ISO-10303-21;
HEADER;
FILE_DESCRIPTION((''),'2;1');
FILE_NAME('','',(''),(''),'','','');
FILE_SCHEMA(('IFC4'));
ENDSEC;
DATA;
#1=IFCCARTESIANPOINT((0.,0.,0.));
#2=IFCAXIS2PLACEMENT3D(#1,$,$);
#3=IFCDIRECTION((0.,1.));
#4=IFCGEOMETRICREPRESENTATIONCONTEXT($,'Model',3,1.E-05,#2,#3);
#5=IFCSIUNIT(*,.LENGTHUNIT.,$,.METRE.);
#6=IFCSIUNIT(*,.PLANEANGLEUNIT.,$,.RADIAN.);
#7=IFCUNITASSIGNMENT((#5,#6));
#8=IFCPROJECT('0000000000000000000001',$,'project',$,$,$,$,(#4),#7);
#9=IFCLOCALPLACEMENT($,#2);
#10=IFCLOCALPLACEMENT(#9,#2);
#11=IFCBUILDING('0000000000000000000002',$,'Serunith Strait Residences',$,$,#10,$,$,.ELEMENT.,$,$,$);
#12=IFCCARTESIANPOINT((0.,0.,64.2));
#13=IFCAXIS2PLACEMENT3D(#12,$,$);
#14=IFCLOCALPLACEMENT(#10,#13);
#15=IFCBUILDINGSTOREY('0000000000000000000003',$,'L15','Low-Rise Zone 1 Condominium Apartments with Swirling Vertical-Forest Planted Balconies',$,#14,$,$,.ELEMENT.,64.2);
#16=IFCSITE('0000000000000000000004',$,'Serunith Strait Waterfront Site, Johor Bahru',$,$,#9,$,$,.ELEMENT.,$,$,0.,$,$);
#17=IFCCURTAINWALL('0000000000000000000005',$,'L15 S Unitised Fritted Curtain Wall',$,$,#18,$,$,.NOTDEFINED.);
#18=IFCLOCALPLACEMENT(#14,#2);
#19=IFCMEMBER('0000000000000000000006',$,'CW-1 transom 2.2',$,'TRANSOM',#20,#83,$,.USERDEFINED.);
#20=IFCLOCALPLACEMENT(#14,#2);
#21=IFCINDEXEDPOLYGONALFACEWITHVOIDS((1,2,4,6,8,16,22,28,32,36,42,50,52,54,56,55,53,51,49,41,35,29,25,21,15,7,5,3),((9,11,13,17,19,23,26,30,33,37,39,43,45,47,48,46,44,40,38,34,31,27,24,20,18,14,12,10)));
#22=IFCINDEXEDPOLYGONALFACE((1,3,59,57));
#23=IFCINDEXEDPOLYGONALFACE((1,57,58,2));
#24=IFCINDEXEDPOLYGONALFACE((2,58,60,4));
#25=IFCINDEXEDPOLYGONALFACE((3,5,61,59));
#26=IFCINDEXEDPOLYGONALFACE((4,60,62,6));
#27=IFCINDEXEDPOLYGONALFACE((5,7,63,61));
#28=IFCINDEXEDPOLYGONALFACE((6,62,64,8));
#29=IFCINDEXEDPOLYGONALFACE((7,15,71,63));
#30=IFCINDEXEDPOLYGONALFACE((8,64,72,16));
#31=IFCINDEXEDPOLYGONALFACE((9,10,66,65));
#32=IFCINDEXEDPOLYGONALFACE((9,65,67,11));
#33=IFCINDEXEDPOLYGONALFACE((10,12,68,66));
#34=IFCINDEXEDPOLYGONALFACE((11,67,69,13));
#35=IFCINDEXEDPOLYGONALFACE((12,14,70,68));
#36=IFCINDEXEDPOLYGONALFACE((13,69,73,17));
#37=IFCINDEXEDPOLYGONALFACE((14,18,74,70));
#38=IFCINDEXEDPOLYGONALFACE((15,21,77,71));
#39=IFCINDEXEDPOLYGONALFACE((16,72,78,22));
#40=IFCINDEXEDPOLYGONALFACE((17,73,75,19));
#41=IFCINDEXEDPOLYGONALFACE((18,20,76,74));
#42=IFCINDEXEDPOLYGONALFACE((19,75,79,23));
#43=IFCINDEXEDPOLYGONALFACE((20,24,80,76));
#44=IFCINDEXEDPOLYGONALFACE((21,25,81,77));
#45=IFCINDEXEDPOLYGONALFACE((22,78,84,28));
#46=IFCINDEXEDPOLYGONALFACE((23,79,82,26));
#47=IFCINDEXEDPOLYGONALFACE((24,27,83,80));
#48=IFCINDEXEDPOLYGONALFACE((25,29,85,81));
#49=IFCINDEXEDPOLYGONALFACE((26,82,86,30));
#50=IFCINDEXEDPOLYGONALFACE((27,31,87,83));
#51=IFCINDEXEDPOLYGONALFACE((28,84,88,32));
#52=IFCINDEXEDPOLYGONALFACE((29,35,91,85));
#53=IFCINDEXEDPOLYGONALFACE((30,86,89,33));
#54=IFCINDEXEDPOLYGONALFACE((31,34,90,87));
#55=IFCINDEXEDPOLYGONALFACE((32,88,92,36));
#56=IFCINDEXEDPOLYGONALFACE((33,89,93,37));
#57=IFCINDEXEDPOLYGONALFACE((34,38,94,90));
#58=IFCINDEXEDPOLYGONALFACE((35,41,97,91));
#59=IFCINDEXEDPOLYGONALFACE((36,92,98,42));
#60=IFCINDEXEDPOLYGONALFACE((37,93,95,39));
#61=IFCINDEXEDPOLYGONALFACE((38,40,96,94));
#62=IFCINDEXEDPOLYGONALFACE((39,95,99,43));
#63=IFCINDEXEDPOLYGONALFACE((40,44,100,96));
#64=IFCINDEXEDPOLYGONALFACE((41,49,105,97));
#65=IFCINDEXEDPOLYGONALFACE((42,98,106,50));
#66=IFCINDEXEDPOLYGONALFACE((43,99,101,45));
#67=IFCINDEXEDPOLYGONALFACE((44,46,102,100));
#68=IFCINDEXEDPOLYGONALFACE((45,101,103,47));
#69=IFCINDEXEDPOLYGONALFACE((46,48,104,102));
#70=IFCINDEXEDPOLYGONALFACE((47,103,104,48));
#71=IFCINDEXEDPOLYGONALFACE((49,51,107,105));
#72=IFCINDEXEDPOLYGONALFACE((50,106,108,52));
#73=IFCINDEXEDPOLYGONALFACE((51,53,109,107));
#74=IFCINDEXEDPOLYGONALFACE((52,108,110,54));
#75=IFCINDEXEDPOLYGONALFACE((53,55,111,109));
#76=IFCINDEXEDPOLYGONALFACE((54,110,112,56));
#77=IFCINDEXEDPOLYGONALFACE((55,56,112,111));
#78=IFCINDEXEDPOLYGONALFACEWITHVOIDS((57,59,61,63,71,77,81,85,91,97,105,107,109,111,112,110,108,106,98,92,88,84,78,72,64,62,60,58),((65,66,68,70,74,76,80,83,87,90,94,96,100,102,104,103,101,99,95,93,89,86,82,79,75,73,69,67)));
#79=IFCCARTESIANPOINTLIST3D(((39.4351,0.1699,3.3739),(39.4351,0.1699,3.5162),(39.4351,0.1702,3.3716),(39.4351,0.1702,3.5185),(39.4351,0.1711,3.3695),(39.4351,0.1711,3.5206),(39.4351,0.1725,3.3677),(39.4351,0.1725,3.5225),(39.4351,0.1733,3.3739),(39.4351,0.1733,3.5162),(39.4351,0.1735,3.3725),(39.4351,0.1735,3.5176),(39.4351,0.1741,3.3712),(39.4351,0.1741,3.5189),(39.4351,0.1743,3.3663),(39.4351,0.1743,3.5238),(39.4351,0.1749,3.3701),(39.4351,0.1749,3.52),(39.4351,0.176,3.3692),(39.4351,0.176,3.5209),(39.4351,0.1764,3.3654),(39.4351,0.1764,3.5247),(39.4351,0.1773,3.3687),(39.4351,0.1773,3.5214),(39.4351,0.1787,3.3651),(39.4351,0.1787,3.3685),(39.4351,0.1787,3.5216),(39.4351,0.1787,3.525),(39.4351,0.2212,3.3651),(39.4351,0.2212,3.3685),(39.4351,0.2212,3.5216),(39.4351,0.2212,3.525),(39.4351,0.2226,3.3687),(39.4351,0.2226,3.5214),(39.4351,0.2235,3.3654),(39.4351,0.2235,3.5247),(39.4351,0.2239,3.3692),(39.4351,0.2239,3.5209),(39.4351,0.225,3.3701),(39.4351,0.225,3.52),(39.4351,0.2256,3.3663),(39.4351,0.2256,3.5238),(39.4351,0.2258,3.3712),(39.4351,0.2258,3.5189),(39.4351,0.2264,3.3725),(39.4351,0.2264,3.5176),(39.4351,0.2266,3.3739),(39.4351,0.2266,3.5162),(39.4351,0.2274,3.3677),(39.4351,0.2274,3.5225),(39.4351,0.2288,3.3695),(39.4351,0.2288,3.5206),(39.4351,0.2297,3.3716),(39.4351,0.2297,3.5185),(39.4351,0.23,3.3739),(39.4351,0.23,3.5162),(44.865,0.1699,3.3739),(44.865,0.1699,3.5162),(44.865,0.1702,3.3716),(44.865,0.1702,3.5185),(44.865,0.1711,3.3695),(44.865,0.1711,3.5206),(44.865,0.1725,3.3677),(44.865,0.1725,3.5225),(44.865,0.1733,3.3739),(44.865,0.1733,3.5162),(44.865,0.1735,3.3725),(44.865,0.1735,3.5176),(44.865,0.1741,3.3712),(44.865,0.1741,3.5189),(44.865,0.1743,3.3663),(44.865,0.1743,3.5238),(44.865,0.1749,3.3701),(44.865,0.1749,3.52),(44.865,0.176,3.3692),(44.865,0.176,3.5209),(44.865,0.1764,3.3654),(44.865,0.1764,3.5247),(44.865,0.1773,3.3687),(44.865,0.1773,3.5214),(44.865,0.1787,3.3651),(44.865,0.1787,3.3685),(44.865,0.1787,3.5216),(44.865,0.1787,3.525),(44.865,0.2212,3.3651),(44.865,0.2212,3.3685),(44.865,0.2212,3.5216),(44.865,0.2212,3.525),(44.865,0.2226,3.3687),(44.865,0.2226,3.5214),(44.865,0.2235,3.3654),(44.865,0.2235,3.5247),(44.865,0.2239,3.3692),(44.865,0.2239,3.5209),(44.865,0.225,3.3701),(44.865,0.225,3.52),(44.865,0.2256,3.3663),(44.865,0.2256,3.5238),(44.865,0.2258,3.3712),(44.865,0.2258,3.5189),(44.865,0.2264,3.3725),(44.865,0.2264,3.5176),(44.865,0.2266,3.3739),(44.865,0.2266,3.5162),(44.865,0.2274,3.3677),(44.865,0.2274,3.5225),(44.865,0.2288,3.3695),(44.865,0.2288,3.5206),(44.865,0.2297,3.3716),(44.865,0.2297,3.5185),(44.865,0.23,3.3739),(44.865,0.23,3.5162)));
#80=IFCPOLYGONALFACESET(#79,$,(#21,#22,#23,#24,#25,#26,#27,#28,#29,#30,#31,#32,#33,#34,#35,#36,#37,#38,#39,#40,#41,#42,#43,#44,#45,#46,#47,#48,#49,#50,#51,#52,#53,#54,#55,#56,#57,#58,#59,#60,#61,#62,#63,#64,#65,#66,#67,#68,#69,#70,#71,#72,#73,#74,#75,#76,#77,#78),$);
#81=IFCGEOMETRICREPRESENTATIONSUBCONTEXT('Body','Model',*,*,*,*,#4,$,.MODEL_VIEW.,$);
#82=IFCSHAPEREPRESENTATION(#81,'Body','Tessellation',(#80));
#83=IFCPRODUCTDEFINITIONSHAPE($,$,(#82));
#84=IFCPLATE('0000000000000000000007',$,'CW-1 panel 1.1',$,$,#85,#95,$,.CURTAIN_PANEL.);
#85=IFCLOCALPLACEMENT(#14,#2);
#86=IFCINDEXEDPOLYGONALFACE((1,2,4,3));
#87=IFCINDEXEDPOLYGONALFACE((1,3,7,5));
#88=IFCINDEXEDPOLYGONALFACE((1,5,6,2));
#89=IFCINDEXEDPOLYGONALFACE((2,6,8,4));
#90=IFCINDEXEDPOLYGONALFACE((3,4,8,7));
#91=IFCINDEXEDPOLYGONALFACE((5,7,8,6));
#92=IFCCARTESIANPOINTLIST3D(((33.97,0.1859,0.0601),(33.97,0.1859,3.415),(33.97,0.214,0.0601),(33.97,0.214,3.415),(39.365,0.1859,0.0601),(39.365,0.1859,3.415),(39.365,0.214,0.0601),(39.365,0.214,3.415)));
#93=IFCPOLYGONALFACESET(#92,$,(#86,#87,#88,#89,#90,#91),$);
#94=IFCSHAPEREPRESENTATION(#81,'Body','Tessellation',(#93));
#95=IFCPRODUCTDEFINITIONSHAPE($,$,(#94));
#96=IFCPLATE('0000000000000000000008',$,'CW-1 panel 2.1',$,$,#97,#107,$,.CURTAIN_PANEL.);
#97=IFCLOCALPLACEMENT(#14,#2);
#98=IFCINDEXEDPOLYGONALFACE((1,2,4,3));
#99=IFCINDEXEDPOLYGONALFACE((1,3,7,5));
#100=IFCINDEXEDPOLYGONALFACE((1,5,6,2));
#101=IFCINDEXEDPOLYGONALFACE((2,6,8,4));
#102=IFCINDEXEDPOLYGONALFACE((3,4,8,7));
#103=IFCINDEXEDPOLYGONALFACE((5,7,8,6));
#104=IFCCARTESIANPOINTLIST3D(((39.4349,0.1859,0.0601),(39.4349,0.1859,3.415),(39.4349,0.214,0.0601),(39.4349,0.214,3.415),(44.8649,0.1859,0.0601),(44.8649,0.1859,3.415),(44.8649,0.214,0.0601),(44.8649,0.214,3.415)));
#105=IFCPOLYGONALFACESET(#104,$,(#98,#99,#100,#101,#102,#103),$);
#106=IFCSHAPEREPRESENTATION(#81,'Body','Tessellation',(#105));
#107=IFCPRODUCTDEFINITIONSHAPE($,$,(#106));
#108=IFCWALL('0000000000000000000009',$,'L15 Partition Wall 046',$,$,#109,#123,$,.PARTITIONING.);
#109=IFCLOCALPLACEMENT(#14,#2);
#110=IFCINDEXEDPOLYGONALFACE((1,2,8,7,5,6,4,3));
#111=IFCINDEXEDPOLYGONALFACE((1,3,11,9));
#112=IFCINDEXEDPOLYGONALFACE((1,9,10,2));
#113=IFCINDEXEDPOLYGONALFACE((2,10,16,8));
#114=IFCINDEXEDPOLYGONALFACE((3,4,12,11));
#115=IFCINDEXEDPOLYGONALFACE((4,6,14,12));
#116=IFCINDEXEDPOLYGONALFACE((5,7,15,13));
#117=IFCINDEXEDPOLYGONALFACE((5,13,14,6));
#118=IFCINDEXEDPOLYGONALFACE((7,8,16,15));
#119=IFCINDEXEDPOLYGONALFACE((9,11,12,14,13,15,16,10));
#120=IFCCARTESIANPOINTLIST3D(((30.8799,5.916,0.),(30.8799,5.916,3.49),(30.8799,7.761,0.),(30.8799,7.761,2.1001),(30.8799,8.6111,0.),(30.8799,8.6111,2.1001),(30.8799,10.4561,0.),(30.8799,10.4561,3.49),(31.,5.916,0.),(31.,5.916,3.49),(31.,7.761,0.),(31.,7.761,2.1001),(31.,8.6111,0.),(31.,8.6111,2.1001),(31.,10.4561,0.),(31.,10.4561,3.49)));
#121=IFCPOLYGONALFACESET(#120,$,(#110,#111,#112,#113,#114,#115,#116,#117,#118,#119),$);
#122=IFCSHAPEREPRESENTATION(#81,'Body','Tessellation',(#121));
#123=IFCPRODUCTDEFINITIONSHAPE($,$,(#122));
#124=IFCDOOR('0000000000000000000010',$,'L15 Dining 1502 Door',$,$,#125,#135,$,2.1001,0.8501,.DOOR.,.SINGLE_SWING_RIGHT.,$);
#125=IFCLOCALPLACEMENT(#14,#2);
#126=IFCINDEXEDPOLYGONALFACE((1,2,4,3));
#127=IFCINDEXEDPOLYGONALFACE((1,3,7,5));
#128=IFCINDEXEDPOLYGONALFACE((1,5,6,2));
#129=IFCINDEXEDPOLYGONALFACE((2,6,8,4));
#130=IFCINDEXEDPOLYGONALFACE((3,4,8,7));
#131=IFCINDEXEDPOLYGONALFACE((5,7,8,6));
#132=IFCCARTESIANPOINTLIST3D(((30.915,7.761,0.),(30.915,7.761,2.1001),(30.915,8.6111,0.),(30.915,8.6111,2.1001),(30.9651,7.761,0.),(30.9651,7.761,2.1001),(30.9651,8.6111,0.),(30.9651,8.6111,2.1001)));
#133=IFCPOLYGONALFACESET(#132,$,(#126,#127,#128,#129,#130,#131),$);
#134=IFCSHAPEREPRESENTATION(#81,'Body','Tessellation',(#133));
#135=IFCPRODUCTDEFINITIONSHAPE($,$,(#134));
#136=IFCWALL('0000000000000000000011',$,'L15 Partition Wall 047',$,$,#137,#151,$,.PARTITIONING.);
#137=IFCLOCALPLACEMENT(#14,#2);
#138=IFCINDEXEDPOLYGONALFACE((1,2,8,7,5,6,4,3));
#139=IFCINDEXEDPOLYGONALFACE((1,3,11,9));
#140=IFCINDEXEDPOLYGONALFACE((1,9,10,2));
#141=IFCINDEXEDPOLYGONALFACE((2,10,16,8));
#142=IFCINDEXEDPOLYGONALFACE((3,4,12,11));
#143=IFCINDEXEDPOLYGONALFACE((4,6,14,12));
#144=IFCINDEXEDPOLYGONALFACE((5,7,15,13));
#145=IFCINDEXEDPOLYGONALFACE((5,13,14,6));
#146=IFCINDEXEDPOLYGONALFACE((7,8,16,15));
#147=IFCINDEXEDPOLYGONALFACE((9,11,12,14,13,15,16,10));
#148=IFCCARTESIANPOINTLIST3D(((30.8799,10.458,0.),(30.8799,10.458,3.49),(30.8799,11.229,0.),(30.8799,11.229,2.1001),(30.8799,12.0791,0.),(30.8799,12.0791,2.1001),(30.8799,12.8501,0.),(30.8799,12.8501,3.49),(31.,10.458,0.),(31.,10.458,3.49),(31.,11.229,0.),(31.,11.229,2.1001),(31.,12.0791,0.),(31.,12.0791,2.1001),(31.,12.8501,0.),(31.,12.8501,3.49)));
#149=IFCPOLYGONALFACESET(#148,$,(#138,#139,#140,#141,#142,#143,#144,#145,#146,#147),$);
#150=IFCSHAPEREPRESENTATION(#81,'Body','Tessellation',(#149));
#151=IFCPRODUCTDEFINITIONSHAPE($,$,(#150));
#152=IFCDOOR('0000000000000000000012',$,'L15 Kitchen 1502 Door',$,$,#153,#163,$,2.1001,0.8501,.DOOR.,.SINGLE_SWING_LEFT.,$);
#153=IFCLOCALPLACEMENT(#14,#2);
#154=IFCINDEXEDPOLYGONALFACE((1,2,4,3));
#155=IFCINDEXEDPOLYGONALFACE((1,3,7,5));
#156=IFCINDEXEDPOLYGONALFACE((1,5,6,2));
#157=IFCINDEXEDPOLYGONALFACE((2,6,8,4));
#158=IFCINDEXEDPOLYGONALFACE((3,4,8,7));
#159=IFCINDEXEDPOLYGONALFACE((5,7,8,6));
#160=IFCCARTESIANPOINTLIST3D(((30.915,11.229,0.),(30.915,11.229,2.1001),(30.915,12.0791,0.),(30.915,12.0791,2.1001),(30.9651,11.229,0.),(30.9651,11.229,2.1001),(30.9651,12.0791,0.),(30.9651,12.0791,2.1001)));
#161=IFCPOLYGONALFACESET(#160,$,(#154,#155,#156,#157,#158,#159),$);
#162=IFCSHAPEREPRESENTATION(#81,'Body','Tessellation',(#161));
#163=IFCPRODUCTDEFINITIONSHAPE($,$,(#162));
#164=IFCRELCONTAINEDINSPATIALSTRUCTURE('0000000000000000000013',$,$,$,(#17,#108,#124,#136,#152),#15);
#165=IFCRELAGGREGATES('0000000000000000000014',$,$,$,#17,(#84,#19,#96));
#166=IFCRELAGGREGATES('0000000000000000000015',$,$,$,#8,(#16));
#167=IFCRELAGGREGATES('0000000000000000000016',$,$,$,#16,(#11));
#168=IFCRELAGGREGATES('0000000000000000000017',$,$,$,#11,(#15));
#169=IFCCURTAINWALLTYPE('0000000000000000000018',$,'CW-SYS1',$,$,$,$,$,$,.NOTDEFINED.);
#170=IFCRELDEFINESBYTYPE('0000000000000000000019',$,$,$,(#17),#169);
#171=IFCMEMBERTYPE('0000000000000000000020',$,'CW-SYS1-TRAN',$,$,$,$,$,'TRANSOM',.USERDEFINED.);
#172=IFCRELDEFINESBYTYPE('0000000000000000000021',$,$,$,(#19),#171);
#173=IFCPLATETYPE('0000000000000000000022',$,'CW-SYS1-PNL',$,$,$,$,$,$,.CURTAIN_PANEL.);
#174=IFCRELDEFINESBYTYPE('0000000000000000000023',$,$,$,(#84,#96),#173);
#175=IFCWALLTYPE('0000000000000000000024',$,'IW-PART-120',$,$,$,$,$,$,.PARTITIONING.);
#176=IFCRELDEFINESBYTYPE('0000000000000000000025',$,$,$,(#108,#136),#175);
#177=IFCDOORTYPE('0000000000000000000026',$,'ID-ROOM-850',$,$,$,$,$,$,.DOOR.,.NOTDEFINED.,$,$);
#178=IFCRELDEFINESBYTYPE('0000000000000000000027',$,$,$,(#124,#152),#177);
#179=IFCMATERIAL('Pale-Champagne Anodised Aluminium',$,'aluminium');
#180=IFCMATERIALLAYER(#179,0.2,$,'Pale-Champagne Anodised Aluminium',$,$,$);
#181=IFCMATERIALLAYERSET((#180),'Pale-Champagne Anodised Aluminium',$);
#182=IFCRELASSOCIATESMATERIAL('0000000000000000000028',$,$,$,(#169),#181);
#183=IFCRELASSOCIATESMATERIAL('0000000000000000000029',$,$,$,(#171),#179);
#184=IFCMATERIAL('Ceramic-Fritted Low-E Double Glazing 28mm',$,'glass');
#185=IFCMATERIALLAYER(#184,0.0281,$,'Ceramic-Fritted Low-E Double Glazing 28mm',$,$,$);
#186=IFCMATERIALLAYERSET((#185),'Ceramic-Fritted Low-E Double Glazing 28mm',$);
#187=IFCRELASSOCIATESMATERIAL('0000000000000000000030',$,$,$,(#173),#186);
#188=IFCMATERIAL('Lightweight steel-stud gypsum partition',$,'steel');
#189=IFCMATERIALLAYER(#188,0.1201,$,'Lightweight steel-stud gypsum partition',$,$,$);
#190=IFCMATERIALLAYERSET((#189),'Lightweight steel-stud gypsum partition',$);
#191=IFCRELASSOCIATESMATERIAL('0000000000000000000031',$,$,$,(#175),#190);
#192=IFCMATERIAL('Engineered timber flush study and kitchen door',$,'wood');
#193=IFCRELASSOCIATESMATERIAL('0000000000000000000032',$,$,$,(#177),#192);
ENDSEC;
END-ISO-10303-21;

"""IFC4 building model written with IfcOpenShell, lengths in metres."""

from ifc_helpers import new_model, si_unit, direction, frame, frame_2d, origin, origin_2d, place, context, subcontext, project, spatial, rectangle, hollow_rectangle, extrude, source, transform, mapped, material, layer, layer_set, material_profile, profile_set, type_object, element, fill, aggregate, save


model = new_model("IFC4")

# Units and contexts
model_context = context("Model", 3, precision=1e-05, world=origin(), true_north=direction((0.0, 1.0)))
body_context = subcontext(model_context, "Body", "Model", "MODEL_VIEW")
ifc_project = project(units=[si_unit("LENGTHUNIT", "METRE"), si_unit("PLANEANGLEUNIT", "RADIAN")], contexts=[model_context])

# Site, building, storey
site_placement = place(None, origin())
site = spatial("IfcSite", under=ifc_project, at=site_placement, Name="Serunith Strait Waterfront Site, Johor Bahru", CompositionType="ELEMENT", RefElevation=0.0)
building_placement = place(site_placement, origin())
building = spatial("IfcBuilding", under=site, at=building_placement, Name="Serunith Strait Residences", CompositionType="ELEMENT")
storey_placement = place(building_placement, frame((0.0, 0.0, 64.2)))
storey = spatial("IfcBuildingStorey", under=building, at=storey_placement, Name="L15", Description="Low-Rise Zone 1 Condominium Apartments with Swirling Vertical-Forest Planted Balconies", CompositionType="ELEMENT", Elevation=64.2)

# Curtain wall, member, plates
ifc_material_1 = material(Name="Pale-Champagne Anodised Aluminium", Category="aluminium")
ifc_layer_1 = layer(ifc_material_1, 0.2, Name="Pale-Champagne Anodised Aluminium")
ifc_layer_set_1 = layer_set([ifc_layer_1], Name="Pale-Champagne Anodised Aluminium")
curtain_wall_type = type_object("IfcCurtainWallType", Name="CW-SYS1", PredefinedType="NOTDEFINED", material=ifc_layer_set_1)
curtain_wall_placement = place(storey_placement, origin())
curtain_wall = element("IfcCurtainWall", 1, at=curtain_wall_placement, inside=storey, type_object=curtain_wall_type, Name="L15 S Unitised Fritted Curtain Wall", PredefinedType="NOTDEFINED")
ifc_material_profile_1 = material_profile(ifc_material_1, hollow_rectangle(XDim=0.0601, YDim=0.1599, WallThickness=0.0034, InnerFilletRadius=0.0054, OuterFilletRadius=0.0088, at=origin_2d()), Name="ALU 160x60x3.5")
ifc_profile_set_1 = profile_set([ifc_material_profile_1], Name="Pale-Champagne Anodised Aluminium")
member_type_1 = type_object("IfcMemberType", Name="CW-SYS1-TRAN", ElementType="TRANSOM", PredefinedType="USERDEFINED", material=ifc_profile_set_1)
shared_shape_1 = source(origin(), body_context, "Body", "SweptSolid", [
    extrude(hollow_rectangle(XDim=0.0601, YDim=0.1599, WallThickness=0.0034, InnerFilletRadius=0.0054, OuterFilletRadius=0.0088, at=origin_2d()), origin(), (0.0, 0.0, 1.0), 5.4299),
])
member_1_placement = place(storey_placement, frame((39.4351, 0.2, 3.4451), z_axis=(1.0, 0.0, 0.0), x_axis=(0.0, 1.0, 0.0)))
member_1 = element("IfcMember", 2, at=member_1_placement, type_object=member_type_1, Name="CW-1 transom 2.2", ObjectType="TRANSOM", PredefinedType="USERDEFINED", context=body_context, shape_type="MappedRepresentation", body=[
    mapped(shared_shape_1, transform((0.0, 0.0, 0.0), scale=1.0)),
])
ifc_material_2 = material(Name="Ceramic-Fritted Low-E Double Glazing 28mm", Category="glass")
ifc_layer_2 = layer(ifc_material_2, 0.0281, Name="Ceramic-Fritted Low-E Double Glazing 28mm")
ifc_layer_set_2 = layer_set([ifc_layer_2], Name="Ceramic-Fritted Low-E Double Glazing 28mm")
plate_type = type_object("IfcPlateType", Name="CW-SYS1-PNL", PredefinedType="CURTAIN_PANEL", material=ifc_layer_set_2)
shared_shape_2 = source(origin(), body_context, "Body", "SweptSolid", [
    extrude(rectangle(XDim=5.395, YDim=0.0281, at=origin_2d()), origin(), (0.0, 0.0, 1.0), 3.355),
])
plate_1_placement = place(storey_placement, frame((36.6675, 0.2, 0.0601), z_axis=(0.0, 0.0, 1.0), x_axis=(1.0, 0.0, 0.0)))
plate_1 = element("IfcPlate", 3, at=plate_1_placement, type_object=plate_type, Name="CW-1 panel 1.1", PredefinedType="CURTAIN_PANEL", context=body_context, shape_type="MappedRepresentation", body=[
    mapped(shared_shape_2, transform((0.0, 0.0, 0.0), scale=1.0)),
])
shared_shape_3 = source(origin(), body_context, "Body", "SweptSolid", [
    extrude(rectangle(XDim=5.4299, YDim=0.0281, at=origin_2d()), origin(), (0.0, 0.0, 1.0), 3.355),
])
plate_2_placement = place(storey_placement, frame((42.1499, 0.2, 0.0601), z_axis=(0.0, 0.0, 1.0), x_axis=(1.0, 0.0, 0.0)))
plate_2 = element("IfcPlate", 4, at=plate_2_placement, type_object=plate_type, Name="CW-1 panel 2.1", PredefinedType="CURTAIN_PANEL", context=body_context, shape_type="MappedRepresentation", body=[
    mapped(shared_shape_3, transform((0.0, 0.0, 0.0), scale=1.0)),
])
aggregate(curtain_wall, [plate_1, member_1, plate_2])

# Walls, openings, doors
ifc_material_3 = material(Name="Lightweight steel-stud gypsum partition", Category="steel")
ifc_layer_3 = layer(ifc_material_3, 0.1201, Name="Lightweight steel-stud gypsum partition")
ifc_layer_set_3 = layer_set([ifc_layer_3], Name="Lightweight steel-stud gypsum partition")
wall_type_1 = type_object("IfcWallType", Name="IW-PART-120", PredefinedType="PARTITIONING", material=ifc_layer_set_3)
wall_1_placement = place(storey_placement, frame((30.9399, 5.916, 0.0), z_axis=(0.0, 0.0, 1.0), x_axis=(0.0, 1.0, 0.0)))
wall_1 = element("IfcWall", 5, at=wall_1_placement, inside=storey, type_object=wall_type_1, Name="L15 Partition Wall 046", PredefinedType="PARTITIONING", context=body_context, shape_type="SweptSolid", body=[
    extrude(rectangle(XDim=4.54, YDim=0.1201, at=frame_2d((2.27, 0.0))), origin(), (0.0, 0.0, 1.0), 3.49),
])
opening_1_placement = place(wall_1_placement, frame((1.845, 0.0, 0.0)))
opening_1 = element("IfcOpeningElement", 6, at=opening_1_placement, cuts=wall_1, PredefinedType="OPENING", context=body_context, shape_type="SweptSolid", body=[
    extrude(rectangle(XDim=0.8501, YDim=2.1001, at=frame_2d((0.425, 1.05))), frame((0.0, 0.0701, 0.0), z_axis=(0.0, -1.0, 0.0), x_axis=(1.0, 0.0, 0.0)), (0.0, 0.0, 1.0), 0.1401),
])
ifc_material_4 = material(Name="Engineered timber flush study and kitchen door", Category="wood")
door_type_1 = type_object("IfcDoorType", Name="ID-ROOM-850", OperationType="NOTDEFINED", PredefinedType="DOOR", material=ifc_material_4)
shared_shape_4 = source(origin(), body_context, "Body", "SweptSolid", [
    extrude(rectangle(XDim=0.8501, YDim=2.1001, at=frame_2d((0.425, 1.05))), frame((0.0, 0.0249, 0.0), z_axis=(0.0, -1.0, 0.0), x_axis=(1.0, 0.0, 0.0)), (0.0, 0.0, 1.0), 0.05),
])
door_1_placement = place(opening_1_placement, origin())
door_1 = element("IfcDoor", 7, at=door_1_placement, inside=storey, type_object=door_type_1, Name="L15 Dining 1502 Door", OperationType="SINGLE_SWING_RIGHT", OverallHeight=2.1001, OverallWidth=0.8501, PredefinedType="DOOR", context=body_context, shape_type="MappedRepresentation", body=[
    mapped(shared_shape_4, transform((0.0, 0.0, 0.0), scale=1.0)),
])
fill(opening_1, door_1)
wall_2_placement = place(storey_placement, frame((30.9399, 10.458, 0.0), z_axis=(0.0, 0.0, 1.0), x_axis=(0.0, 1.0, 0.0)))
wall_2 = element("IfcWall", 8, at=wall_2_placement, inside=storey, type_object=wall_type_1, Name="L15 Partition Wall 047", PredefinedType="PARTITIONING", context=body_context, shape_type="SweptSolid", body=[
    extrude(rectangle(XDim=2.3921, YDim=0.1201, at=frame_2d((1.196, 0.0))), origin(), (0.0, 0.0, 1.0), 3.49),
])
opening_2_placement = place(wall_2_placement, frame((0.771, 0.0, 0.0)))
opening_2 = element("IfcOpeningElement", 9, at=opening_2_placement, cuts=wall_2, PredefinedType="OPENING", context=body_context, shape_type="SweptSolid", body=[
    extrude(rectangle(XDim=0.8501, YDim=2.1001, at=frame_2d((0.425, 1.05))), frame((0.0, 0.0701, 0.0), z_axis=(0.0, -1.0, 0.0), x_axis=(1.0, 0.0, 0.0)), (0.0, 0.0, 1.0), 0.1401),
])
door_2_placement = place(opening_2_placement, origin())
door_2 = element("IfcDoor", 10, at=door_2_placement, inside=storey, type_object=door_type_1, Name="L15 Kitchen 1502 Door", OperationType="SINGLE_SWING_LEFT", OverallHeight=2.1001, OverallWidth=0.8501, PredefinedType="DOOR", context=body_context, shape_type="MappedRepresentation", body=[
    mapped(shared_shape_4, transform((0.0, 0.0, 0.0), scale=1.0)),
])
fill(opening_2, door_2)

save(model, "model.ifc")
